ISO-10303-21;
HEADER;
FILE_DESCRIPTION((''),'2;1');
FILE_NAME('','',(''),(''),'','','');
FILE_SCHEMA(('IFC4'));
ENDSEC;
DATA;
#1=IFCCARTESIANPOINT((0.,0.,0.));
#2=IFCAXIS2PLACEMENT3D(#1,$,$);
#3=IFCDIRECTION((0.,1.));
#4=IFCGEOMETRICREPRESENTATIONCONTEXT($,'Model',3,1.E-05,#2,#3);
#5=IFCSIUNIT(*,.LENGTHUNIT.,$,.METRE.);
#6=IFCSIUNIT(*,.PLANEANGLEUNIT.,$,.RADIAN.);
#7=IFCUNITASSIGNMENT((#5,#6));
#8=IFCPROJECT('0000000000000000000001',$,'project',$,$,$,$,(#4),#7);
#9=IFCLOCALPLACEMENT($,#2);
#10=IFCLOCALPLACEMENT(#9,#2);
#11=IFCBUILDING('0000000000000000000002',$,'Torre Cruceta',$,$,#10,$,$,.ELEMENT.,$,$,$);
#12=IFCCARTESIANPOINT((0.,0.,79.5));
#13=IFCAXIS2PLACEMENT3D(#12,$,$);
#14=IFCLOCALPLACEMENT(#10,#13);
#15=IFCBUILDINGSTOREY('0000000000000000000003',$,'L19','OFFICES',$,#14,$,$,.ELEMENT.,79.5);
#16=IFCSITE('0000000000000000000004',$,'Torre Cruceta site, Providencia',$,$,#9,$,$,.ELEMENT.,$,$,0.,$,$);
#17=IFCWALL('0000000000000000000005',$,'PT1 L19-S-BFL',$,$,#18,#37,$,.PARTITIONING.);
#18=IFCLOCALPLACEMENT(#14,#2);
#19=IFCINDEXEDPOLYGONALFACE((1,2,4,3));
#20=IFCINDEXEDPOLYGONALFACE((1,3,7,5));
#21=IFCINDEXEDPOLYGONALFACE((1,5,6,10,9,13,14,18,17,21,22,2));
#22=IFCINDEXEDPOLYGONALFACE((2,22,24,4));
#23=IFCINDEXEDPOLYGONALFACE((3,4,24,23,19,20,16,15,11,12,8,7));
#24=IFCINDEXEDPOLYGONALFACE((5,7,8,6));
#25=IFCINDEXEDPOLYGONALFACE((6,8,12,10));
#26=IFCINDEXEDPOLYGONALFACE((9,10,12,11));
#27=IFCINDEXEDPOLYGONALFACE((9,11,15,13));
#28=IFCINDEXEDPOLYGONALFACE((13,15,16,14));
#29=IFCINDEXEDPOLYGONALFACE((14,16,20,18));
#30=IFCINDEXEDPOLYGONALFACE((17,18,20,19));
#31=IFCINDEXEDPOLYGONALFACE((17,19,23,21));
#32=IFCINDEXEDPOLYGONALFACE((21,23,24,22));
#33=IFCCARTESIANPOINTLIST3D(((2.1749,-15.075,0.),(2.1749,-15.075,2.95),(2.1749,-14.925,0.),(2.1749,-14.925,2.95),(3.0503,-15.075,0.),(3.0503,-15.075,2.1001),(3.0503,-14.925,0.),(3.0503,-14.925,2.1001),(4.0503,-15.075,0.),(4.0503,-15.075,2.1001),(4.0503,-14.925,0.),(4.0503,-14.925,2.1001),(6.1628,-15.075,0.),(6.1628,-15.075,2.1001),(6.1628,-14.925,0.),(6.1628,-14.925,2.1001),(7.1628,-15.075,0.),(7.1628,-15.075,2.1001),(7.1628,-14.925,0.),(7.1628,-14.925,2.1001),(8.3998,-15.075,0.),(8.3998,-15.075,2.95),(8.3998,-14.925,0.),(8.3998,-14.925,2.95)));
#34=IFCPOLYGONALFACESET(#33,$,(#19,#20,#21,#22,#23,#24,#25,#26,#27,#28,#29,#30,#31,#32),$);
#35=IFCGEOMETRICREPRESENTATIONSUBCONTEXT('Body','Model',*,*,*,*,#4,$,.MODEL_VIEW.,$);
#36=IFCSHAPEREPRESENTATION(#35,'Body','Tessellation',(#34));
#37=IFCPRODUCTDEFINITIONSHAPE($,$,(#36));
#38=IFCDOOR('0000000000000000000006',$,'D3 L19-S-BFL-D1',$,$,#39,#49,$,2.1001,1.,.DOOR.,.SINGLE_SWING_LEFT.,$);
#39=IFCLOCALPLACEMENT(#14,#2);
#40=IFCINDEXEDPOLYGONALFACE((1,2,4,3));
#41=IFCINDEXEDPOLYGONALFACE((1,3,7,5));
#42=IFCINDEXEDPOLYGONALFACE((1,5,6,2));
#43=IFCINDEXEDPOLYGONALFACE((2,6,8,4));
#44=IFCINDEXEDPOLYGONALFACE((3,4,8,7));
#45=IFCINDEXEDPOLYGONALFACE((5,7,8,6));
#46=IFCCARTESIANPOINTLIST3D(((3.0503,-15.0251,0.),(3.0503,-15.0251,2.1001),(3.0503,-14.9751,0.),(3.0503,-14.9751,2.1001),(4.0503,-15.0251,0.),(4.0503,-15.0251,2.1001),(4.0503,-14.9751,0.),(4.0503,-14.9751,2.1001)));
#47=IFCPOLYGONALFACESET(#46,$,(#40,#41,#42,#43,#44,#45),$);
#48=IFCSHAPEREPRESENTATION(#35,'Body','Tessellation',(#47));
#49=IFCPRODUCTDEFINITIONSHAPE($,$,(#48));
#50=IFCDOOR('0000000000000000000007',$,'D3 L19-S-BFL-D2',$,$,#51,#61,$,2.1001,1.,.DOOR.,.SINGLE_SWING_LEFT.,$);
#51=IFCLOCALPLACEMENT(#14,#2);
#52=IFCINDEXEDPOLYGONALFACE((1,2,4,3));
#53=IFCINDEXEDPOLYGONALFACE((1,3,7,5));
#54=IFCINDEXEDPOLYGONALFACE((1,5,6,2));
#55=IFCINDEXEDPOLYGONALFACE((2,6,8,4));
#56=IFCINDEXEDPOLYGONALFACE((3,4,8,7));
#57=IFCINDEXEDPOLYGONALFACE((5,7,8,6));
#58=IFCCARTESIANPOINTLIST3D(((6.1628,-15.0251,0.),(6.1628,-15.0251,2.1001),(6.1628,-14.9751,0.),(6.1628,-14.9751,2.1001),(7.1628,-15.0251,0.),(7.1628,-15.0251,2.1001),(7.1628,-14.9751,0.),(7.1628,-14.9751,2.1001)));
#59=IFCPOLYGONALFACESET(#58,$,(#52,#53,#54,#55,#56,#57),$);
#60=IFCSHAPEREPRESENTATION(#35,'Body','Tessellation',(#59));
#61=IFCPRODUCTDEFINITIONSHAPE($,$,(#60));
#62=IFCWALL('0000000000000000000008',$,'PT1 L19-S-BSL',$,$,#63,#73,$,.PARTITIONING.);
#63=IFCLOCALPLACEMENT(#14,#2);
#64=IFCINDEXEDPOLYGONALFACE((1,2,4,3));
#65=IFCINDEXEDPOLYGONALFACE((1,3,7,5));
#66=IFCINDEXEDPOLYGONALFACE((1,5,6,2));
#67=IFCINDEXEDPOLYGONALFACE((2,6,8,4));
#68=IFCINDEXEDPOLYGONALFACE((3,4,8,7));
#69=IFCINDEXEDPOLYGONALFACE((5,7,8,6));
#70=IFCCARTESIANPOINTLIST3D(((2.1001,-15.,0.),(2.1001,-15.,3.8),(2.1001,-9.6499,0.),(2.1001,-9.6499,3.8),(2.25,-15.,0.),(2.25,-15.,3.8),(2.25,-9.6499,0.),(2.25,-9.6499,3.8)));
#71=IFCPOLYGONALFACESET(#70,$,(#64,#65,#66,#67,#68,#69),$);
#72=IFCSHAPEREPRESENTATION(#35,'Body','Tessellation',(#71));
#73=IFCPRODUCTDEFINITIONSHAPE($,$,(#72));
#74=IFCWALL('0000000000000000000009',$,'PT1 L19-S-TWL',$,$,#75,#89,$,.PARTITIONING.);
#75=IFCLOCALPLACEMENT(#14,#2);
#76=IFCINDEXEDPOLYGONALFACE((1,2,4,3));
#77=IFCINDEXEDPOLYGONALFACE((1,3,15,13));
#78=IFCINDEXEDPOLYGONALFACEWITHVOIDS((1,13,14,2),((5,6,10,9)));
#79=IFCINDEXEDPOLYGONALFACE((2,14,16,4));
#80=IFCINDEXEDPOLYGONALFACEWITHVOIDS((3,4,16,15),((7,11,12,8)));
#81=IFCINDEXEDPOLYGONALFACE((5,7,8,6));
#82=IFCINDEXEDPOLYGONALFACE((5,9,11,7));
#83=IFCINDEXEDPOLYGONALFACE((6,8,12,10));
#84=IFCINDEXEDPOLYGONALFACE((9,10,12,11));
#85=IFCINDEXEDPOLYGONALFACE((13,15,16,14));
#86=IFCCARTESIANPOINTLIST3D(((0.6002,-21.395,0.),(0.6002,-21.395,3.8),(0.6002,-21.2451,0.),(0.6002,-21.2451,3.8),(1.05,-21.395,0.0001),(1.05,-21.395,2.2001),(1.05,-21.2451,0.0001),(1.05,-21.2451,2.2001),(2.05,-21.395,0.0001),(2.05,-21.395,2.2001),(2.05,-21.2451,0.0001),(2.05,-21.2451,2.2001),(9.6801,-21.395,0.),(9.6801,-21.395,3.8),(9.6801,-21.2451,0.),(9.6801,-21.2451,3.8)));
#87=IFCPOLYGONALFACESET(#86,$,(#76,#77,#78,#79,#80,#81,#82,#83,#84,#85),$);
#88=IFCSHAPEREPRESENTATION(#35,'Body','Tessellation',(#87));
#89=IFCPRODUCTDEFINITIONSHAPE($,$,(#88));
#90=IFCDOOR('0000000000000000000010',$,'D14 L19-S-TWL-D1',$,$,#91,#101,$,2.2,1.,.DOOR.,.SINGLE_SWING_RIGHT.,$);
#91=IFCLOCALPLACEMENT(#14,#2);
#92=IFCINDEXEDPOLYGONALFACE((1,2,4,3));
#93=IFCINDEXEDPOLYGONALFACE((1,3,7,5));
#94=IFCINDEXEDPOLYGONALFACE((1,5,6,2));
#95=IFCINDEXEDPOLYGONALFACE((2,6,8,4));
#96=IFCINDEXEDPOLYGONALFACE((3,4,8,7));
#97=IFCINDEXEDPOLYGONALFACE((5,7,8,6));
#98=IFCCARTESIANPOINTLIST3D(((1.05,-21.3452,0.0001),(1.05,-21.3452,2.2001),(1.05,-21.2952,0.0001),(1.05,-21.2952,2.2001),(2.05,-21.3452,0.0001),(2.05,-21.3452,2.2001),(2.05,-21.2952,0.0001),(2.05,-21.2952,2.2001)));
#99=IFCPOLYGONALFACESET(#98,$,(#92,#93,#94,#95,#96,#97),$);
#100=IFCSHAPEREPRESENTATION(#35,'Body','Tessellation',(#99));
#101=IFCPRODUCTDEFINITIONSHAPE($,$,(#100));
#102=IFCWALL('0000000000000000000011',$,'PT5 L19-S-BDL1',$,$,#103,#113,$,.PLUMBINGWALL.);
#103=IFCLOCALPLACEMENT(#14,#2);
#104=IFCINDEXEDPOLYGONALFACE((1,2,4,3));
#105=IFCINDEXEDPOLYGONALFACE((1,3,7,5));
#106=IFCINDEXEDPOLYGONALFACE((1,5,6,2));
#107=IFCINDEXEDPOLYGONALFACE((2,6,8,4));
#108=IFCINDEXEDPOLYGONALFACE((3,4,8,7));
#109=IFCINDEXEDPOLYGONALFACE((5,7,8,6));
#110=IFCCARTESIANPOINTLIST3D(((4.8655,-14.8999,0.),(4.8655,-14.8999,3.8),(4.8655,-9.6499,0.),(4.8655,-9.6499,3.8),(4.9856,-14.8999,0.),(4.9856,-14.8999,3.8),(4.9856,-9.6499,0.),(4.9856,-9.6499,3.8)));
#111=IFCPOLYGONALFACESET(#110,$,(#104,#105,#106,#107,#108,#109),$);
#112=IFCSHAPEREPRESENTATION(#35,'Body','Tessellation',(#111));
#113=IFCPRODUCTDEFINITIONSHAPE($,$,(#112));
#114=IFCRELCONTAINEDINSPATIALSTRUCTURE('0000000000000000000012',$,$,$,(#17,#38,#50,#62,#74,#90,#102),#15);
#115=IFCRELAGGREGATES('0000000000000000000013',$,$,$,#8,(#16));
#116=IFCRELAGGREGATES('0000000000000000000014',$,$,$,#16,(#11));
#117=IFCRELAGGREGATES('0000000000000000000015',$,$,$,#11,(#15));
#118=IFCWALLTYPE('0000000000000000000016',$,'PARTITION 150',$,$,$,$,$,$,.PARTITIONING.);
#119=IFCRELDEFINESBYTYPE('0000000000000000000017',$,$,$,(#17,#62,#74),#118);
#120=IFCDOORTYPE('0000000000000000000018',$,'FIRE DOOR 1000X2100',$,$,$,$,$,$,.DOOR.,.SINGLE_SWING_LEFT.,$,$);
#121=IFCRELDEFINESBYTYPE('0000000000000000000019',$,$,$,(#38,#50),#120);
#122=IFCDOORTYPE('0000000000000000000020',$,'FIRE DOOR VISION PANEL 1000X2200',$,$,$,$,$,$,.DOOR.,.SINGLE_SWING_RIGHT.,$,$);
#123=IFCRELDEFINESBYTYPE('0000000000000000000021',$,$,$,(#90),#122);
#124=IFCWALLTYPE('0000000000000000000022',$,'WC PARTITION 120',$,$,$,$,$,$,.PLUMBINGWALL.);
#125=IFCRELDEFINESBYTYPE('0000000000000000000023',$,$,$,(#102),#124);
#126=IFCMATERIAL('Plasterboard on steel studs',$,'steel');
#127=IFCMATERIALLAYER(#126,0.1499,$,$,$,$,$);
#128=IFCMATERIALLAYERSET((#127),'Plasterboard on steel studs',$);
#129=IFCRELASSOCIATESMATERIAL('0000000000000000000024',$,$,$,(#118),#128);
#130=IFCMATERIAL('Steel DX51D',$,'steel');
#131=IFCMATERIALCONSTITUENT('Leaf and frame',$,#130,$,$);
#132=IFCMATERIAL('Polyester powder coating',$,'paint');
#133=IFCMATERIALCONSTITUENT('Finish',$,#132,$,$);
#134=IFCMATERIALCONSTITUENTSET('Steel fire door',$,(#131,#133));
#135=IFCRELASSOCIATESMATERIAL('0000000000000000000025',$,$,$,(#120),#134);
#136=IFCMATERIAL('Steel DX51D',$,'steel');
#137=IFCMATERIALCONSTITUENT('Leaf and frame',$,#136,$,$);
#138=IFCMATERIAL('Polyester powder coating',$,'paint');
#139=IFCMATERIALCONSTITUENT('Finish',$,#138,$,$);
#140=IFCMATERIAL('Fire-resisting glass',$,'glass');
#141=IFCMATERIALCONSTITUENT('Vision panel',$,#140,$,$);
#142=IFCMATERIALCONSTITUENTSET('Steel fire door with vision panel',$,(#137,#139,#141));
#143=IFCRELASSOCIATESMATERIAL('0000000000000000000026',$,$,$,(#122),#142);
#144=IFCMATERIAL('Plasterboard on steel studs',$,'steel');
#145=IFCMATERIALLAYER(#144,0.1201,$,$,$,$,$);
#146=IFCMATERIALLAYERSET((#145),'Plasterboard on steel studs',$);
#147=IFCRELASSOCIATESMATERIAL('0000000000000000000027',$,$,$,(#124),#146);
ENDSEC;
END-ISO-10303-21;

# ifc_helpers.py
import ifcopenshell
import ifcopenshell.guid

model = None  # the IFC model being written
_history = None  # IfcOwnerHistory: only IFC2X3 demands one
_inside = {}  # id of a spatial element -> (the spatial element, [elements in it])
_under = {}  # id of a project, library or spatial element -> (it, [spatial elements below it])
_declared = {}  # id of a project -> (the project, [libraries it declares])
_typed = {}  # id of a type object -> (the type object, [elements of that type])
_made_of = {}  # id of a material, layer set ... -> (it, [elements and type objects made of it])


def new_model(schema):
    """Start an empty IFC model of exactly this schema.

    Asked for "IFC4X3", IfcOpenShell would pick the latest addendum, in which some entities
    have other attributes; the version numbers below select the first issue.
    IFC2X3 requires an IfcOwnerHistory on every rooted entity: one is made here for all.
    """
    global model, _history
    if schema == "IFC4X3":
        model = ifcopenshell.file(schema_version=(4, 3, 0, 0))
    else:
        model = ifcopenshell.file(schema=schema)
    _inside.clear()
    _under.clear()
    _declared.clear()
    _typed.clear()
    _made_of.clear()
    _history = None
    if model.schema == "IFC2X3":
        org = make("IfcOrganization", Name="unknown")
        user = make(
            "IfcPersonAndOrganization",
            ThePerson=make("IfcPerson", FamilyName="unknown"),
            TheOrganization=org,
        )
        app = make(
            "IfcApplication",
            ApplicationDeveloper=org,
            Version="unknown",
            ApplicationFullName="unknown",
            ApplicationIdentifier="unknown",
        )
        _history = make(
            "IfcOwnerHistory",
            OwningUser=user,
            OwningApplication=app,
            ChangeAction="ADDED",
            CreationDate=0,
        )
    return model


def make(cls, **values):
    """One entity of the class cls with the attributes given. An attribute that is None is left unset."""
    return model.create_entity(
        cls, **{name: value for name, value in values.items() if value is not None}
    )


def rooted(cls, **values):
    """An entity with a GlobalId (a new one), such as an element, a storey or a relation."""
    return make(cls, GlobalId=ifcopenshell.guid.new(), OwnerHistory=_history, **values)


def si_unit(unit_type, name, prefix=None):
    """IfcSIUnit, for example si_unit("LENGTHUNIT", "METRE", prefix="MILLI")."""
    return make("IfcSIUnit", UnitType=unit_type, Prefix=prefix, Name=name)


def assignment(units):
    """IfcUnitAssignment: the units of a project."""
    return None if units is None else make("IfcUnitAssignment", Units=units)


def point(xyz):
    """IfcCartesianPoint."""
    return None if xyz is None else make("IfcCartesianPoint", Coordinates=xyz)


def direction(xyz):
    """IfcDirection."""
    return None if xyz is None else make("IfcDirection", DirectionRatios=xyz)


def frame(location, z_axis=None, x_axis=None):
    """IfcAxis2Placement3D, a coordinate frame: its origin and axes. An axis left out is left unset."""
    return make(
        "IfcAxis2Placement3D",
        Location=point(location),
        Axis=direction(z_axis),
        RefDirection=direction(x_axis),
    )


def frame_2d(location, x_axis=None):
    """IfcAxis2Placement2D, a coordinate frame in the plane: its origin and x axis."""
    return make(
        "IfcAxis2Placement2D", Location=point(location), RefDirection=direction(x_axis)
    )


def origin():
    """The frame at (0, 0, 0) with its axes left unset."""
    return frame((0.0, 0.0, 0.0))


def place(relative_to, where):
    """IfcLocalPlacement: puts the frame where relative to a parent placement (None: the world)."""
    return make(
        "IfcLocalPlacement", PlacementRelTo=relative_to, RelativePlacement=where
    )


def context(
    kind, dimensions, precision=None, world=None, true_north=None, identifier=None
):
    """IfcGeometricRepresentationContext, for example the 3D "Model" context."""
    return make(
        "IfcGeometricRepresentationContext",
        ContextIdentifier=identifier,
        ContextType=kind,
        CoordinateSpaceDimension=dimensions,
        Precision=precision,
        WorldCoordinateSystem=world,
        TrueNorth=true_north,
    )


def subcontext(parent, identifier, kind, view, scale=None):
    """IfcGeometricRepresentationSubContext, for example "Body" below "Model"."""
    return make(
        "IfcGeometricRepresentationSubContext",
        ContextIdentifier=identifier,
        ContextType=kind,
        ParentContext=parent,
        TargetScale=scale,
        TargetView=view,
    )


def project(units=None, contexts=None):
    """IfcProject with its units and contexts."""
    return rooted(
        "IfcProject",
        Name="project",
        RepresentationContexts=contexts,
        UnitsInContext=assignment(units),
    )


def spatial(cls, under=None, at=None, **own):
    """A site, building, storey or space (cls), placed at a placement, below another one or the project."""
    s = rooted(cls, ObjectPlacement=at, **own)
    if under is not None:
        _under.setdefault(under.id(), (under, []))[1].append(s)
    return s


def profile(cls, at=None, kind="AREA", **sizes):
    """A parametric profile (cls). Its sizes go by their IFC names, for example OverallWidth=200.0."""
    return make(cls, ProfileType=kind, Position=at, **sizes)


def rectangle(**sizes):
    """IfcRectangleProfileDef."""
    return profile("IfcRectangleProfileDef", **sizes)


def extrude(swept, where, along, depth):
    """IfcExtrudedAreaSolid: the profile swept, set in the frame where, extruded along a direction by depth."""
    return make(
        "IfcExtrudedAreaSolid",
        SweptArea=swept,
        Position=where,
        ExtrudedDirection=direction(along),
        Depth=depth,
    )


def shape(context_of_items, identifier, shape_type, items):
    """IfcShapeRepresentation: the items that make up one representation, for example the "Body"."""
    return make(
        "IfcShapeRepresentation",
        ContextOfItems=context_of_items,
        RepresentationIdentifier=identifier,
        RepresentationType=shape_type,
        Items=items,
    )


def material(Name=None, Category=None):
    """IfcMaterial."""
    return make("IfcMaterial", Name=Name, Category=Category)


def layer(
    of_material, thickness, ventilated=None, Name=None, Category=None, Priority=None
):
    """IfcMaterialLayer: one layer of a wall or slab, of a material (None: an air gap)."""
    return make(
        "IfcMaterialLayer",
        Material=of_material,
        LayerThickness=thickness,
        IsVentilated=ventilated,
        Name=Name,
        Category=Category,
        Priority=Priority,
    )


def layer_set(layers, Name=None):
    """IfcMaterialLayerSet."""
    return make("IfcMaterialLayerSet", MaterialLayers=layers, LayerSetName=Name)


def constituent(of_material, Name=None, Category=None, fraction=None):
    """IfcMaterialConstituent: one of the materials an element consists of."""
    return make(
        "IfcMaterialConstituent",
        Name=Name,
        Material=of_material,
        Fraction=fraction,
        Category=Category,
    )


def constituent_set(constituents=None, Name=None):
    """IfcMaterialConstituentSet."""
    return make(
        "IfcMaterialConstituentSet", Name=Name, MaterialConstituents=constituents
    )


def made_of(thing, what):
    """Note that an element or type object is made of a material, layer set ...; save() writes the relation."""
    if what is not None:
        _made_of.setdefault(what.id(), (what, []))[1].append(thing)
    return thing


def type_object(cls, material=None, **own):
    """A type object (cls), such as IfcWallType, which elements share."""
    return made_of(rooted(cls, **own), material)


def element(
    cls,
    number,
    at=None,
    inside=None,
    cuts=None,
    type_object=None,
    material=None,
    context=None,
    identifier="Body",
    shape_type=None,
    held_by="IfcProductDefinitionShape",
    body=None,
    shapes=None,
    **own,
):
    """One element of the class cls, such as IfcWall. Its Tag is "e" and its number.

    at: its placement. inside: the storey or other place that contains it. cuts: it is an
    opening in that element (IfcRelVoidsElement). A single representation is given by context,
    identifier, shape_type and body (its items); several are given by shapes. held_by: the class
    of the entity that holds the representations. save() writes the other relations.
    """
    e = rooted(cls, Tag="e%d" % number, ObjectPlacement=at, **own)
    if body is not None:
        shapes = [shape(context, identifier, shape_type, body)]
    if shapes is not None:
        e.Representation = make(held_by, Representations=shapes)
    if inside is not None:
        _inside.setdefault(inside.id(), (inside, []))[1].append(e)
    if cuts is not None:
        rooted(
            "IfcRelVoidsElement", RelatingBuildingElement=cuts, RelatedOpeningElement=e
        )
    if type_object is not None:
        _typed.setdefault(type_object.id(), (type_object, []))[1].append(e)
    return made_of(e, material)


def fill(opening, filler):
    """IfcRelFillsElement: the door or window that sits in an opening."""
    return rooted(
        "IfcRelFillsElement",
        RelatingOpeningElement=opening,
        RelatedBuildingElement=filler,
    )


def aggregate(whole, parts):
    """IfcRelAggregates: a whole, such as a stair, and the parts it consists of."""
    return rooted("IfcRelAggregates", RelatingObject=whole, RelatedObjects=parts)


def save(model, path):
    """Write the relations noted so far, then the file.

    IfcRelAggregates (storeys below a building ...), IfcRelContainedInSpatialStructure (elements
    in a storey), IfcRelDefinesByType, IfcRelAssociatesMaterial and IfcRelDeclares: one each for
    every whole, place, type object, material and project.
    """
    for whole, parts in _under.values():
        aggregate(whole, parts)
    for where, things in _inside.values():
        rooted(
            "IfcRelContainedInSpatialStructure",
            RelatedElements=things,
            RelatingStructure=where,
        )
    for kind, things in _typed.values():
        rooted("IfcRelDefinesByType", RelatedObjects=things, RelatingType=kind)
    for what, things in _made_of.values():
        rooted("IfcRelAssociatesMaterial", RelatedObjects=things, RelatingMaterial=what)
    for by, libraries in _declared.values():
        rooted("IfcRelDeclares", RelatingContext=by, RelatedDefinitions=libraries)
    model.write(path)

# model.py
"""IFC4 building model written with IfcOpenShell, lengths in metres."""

from ifc_helpers import new_model, si_unit, direction, frame, frame_2d, origin, place, context, subcontext, project, spatial, rectangle, extrude, material, layer, layer_set, constituent, constituent_set, type_object, element, fill, save


model = new_model("IFC4")

# Units and contexts
model_context = context("Model", 3, precision=1e-05, world=origin(), true_north=direction((0.0, 1.0)))
body_context = subcontext(model_context, "Body", "Model", "MODEL_VIEW")
ifc_project = project(units=[si_unit("LENGTHUNIT", "METRE"), si_unit("PLANEANGLEUNIT", "RADIAN")], contexts=[model_context])

# Site, building, storey
site_placement = place(None, origin())
site = spatial("IfcSite", under=ifc_project, at=site_placement, Name="Torre Cruceta site, Providencia", CompositionType="ELEMENT", RefElevation=0.0)
building_placement = place(site_placement, origin())
building = spatial("IfcBuilding", under=site, at=building_placement, Name="Torre Cruceta", CompositionType="ELEMENT")
storey_placement = place(building_placement, frame((0.0, 0.0, 79.5)))
storey = spatial("IfcBuildingStorey", under=building, at=storey_placement, Name="L19", Description="OFFICES", CompositionType="ELEMENT", Elevation=79.5)

# Wall, openings, doors
ifc_material_1 = material(Name="Plasterboard on steel studs", Category="steel")
ifc_layer_1 = layer(ifc_material_1, 0.1499)
ifc_layer_set_1 = layer_set([ifc_layer_1], Name="Plasterboard on steel studs")
wall_type_1 = type_object("IfcWallType", Name="PARTITION 150", PredefinedType="PARTITIONING", material=ifc_layer_set_1)
wall_1_placement = place(storey_placement, frame((2.175, -15.0, 0.0), z_axis=(0.0, 0.0, 1.0), x_axis=(1.0, 0.0, 0.0)))
wall_1 = element("IfcWall", 1, at=wall_1_placement, inside=storey, type_object=wall_type_1, Name="PT1 L19-S-BFL", PredefinedType="PARTITIONING", context=body_context, shape_type="SweptSolid", body=[
    extrude(rectangle(XDim=6.2249, YDim=0.1499, at=frame_2d((3.1123, 0.0))), origin(), (0.0, 0.0, 1.0), 2.95),
])
opening_1_placement = place(wall_1_placement, frame((0.8752, 0.0, 0.0)))
opening_1 = element("IfcOpeningElement", 2, at=opening_1_placement, cuts=wall_1, PredefinedType="OPENING", context=body_context, shape_type="SweptSolid", body=[
    extrude(rectangle(XDim=1.0, YDim=2.1001, at=frame_2d((0.5, 1.05))), frame((0.0, 0.085, 0.0), z_axis=(0.0, -1.0, 0.0), x_axis=(1.0, 0.0, 0.0)), (0.0, 0.0, 1.0), 0.1699),
])
opening_2_placement = place(wall_1_placement, frame((3.9878, 0.0, 0.0)))
opening_2 = element("IfcOpeningElement", 3, at=opening_2_placement, cuts=wall_1, PredefinedType="OPENING", context=body_context, shape_type="SweptSolid", body=[
    extrude(rectangle(XDim=1.0, YDim=2.1001, at=frame_2d((0.5, 1.05))), frame((0.0, 0.085, 0.0), z_axis=(0.0, -1.0, 0.0), x_axis=(1.0, 0.0, 0.0)), (0.0, 0.0, 1.0), 0.1699),
])
ifc_material_2 = material(Name="Steel DX51D", Category="steel")
ifc_constituent_1 = constituent(ifc_material_2, Name="Leaf and frame")
ifc_material_3 = material(Name="Polyester powder coating", Category="paint")
ifc_constituent_2 = constituent(ifc_material_3, Name="Finish")
ifc_constituent_set_1 = constituent_set(constituents=[ifc_constituent_1, ifc_constituent_2], Name="Steel fire door")
door_type_1 = type_object("IfcDoorType", Name="FIRE DOOR 1000X2100", OperationType="SINGLE_SWING_LEFT", PredefinedType="DOOR", material=ifc_constituent_set_1)
door_1_placement = place(opening_1_placement, origin())
door_1 = element("IfcDoor", 4, at=door_1_placement, inside=storey, type_object=door_type_1, Name="D3 L19-S-BFL-D1", OperationType="SINGLE_SWING_LEFT", OverallHeight=2.1001, OverallWidth=1.0, PredefinedType="DOOR", context=body_context, shape_type="SweptSolid", body=[
    extrude(rectangle(XDim=1.0, YDim=2.1001, at=frame_2d((0.5, 1.05))), frame((0.0, 0.0249, 0.0), z_axis=(0.0, -1.0, 0.0), x_axis=(1.0, 0.0, 0.0)), (0.0, 0.0, 1.0), 0.05),
])
fill(opening_1, door_1)
door_2_placement = place(opening_2_placement, origin())
door_2 = element("IfcDoor", 5, at=door_2_placement, inside=storey, type_object=door_type_1, Name="D3 L19-S-BFL-D2", OperationType="SINGLE_SWING_LEFT", OverallHeight=2.1001, OverallWidth=1.0, PredefinedType="DOOR", context=body_context, shape_type="SweptSolid", body=[
    extrude(rectangle(XDim=1.0, YDim=2.1001, at=frame_2d((0.5, 1.05))), frame((0.0, 0.0249, 0.0), z_axis=(0.0, -1.0, 0.0), x_axis=(1.0, 0.0, 0.0)), (0.0, 0.0, 1.0), 0.05),
])
fill(opening_2, door_2)

# Wall
wall_2_placement = place(storey_placement, frame((2.175, -9.6499, 0.0), z_axis=(0.0, 0.0, 1.0), x_axis=(0.0, -1.0, 0.0)))
element("IfcWall", 6, at=wall_2_placement, inside=storey, type_object=wall_type_1, Name="PT1 L19-S-BSL", PredefinedType="PARTITIONING", context=body_context, shape_type="SweptSolid", body=[
    extrude(rectangle(XDim=5.3501, YDim=0.1499, at=frame_2d((2.675, 0.0))), origin(), (0.0, 0.0, 1.0), 3.8),
])

# Wall, opening, door
wall_3_placement = place(storey_placement, frame((0.6001, -21.3201, 0.0), z_axis=(0.0, 0.0, 1.0), x_axis=(1.0, 0.0, 0.0)))
wall_3 = element("IfcWall", 7, at=wall_3_placement, inside=storey, type_object=wall_type_1, Name="PT1 L19-S-TWL", PredefinedType="PARTITIONING", context=body_context, shape_type="SweptSolid", body=[
    extrude(rectangle(XDim=9.0798, YDim=0.1499, at=frame_2d((4.54, 0.0))), origin(), (0.0, 0.0, 1.0), 3.8),
])
opening_3_placement = place(wall_3_placement, frame((0.45, 0.0, 0.0)))
opening_3 = element("IfcOpeningElement", 8, at=opening_3_placement, cuts=wall_3, PredefinedType="OPENING", context=body_context, shape_type="SweptSolid", body=[
    extrude(rectangle(XDim=1.0, YDim=2.2, at=frame_2d((0.5, 1.1001))), frame((0.0, 0.085, 0.0), z_axis=(0.0, -1.0, 0.0), x_axis=(1.0, 0.0, 0.0)), (0.0, 0.0, 1.0), 0.1699),
])
ifc_material_4 = material(Name="Steel DX51D", Category="steel")
ifc_constituent_3 = constituent(ifc_material_4, Name="Leaf and frame")
ifc_material_5 = material(Name="Polyester powder coating", Category="paint")
ifc_constituent_4 = constituent(ifc_material_5, Name="Finish")
ifc_material_6 = material(Name="Fire-resisting glass", Category="glass")
ifc_constituent_5 = constituent(ifc_material_6, Name="Vision panel")
ifc_constituent_set_2 = constituent_set(constituents=[ifc_constituent_3, ifc_constituent_4, ifc_constituent_5], Name="Steel fire door with vision panel")
door_type_2 = type_object("IfcDoorType", Name="FIRE DOOR VISION PANEL 1000X2200", OperationType="SINGLE_SWING_RIGHT", PredefinedType="DOOR", material=ifc_constituent_set_2)
door_3_placement = place(opening_3_placement, frame((1.0, 0.0, 0.0), z_axis=(0.0, 0.0, 1.0), x_axis=(-1.0, 0.0, 0.0)))
door_3 = element("IfcDoor", 9, at=door_3_placement, inside=storey, type_object=door_type_2, Name="D14 L19-S-TWL-D1", OperationType="SINGLE_SWING_RIGHT", OverallHeight=2.2, OverallWidth=1.0, PredefinedType="DOOR", context=body_context, shape_type="SweptSolid", body=[
    extrude(rectangle(XDim=1.0, YDim=2.2, at=frame_2d((0.5, 1.1001))), frame((0.0, 0.0251, 0.0), z_axis=(0.0, -1.0, 0.0), x_axis=(1.0, 0.0, 0.0)), (0.0, 0.0, 1.0), 0.05),
])
fill(opening_3, door_3)

# Wall
ifc_material_7 = material(Name="Plasterboard on steel studs", Category="steel")
ifc_layer_2 = layer(ifc_material_7, 0.1201)
ifc_layer_set_2 = layer_set([ifc_layer_2], Name="Plasterboard on steel studs")
wall_type_2 = type_object("IfcWallType", Name="WC PARTITION 120", PredefinedType="PLUMBINGWALL", material=ifc_layer_set_2)
wall_4_placement = place(storey_placement, frame((4.9255, -9.6499, 0.0), z_axis=(0.0, 0.0, 1.0), x_axis=(0.0, -1.0, 0.0)))
element("IfcWall", 10, at=wall_4_placement, inside=storey, type_object=wall_type_2, Name="PT5 L19-S-BDL1", PredefinedType="PLUMBINGWALL", context=body_context, shape_type="SweptSolid", body=[
    extrude(rectangle(XDim=5.25, YDim=0.1201, at=frame_2d((2.625, 0.0))), origin(), (0.0, 0.0, 1.0), 3.8),
])

save(model, "model.ifc")
